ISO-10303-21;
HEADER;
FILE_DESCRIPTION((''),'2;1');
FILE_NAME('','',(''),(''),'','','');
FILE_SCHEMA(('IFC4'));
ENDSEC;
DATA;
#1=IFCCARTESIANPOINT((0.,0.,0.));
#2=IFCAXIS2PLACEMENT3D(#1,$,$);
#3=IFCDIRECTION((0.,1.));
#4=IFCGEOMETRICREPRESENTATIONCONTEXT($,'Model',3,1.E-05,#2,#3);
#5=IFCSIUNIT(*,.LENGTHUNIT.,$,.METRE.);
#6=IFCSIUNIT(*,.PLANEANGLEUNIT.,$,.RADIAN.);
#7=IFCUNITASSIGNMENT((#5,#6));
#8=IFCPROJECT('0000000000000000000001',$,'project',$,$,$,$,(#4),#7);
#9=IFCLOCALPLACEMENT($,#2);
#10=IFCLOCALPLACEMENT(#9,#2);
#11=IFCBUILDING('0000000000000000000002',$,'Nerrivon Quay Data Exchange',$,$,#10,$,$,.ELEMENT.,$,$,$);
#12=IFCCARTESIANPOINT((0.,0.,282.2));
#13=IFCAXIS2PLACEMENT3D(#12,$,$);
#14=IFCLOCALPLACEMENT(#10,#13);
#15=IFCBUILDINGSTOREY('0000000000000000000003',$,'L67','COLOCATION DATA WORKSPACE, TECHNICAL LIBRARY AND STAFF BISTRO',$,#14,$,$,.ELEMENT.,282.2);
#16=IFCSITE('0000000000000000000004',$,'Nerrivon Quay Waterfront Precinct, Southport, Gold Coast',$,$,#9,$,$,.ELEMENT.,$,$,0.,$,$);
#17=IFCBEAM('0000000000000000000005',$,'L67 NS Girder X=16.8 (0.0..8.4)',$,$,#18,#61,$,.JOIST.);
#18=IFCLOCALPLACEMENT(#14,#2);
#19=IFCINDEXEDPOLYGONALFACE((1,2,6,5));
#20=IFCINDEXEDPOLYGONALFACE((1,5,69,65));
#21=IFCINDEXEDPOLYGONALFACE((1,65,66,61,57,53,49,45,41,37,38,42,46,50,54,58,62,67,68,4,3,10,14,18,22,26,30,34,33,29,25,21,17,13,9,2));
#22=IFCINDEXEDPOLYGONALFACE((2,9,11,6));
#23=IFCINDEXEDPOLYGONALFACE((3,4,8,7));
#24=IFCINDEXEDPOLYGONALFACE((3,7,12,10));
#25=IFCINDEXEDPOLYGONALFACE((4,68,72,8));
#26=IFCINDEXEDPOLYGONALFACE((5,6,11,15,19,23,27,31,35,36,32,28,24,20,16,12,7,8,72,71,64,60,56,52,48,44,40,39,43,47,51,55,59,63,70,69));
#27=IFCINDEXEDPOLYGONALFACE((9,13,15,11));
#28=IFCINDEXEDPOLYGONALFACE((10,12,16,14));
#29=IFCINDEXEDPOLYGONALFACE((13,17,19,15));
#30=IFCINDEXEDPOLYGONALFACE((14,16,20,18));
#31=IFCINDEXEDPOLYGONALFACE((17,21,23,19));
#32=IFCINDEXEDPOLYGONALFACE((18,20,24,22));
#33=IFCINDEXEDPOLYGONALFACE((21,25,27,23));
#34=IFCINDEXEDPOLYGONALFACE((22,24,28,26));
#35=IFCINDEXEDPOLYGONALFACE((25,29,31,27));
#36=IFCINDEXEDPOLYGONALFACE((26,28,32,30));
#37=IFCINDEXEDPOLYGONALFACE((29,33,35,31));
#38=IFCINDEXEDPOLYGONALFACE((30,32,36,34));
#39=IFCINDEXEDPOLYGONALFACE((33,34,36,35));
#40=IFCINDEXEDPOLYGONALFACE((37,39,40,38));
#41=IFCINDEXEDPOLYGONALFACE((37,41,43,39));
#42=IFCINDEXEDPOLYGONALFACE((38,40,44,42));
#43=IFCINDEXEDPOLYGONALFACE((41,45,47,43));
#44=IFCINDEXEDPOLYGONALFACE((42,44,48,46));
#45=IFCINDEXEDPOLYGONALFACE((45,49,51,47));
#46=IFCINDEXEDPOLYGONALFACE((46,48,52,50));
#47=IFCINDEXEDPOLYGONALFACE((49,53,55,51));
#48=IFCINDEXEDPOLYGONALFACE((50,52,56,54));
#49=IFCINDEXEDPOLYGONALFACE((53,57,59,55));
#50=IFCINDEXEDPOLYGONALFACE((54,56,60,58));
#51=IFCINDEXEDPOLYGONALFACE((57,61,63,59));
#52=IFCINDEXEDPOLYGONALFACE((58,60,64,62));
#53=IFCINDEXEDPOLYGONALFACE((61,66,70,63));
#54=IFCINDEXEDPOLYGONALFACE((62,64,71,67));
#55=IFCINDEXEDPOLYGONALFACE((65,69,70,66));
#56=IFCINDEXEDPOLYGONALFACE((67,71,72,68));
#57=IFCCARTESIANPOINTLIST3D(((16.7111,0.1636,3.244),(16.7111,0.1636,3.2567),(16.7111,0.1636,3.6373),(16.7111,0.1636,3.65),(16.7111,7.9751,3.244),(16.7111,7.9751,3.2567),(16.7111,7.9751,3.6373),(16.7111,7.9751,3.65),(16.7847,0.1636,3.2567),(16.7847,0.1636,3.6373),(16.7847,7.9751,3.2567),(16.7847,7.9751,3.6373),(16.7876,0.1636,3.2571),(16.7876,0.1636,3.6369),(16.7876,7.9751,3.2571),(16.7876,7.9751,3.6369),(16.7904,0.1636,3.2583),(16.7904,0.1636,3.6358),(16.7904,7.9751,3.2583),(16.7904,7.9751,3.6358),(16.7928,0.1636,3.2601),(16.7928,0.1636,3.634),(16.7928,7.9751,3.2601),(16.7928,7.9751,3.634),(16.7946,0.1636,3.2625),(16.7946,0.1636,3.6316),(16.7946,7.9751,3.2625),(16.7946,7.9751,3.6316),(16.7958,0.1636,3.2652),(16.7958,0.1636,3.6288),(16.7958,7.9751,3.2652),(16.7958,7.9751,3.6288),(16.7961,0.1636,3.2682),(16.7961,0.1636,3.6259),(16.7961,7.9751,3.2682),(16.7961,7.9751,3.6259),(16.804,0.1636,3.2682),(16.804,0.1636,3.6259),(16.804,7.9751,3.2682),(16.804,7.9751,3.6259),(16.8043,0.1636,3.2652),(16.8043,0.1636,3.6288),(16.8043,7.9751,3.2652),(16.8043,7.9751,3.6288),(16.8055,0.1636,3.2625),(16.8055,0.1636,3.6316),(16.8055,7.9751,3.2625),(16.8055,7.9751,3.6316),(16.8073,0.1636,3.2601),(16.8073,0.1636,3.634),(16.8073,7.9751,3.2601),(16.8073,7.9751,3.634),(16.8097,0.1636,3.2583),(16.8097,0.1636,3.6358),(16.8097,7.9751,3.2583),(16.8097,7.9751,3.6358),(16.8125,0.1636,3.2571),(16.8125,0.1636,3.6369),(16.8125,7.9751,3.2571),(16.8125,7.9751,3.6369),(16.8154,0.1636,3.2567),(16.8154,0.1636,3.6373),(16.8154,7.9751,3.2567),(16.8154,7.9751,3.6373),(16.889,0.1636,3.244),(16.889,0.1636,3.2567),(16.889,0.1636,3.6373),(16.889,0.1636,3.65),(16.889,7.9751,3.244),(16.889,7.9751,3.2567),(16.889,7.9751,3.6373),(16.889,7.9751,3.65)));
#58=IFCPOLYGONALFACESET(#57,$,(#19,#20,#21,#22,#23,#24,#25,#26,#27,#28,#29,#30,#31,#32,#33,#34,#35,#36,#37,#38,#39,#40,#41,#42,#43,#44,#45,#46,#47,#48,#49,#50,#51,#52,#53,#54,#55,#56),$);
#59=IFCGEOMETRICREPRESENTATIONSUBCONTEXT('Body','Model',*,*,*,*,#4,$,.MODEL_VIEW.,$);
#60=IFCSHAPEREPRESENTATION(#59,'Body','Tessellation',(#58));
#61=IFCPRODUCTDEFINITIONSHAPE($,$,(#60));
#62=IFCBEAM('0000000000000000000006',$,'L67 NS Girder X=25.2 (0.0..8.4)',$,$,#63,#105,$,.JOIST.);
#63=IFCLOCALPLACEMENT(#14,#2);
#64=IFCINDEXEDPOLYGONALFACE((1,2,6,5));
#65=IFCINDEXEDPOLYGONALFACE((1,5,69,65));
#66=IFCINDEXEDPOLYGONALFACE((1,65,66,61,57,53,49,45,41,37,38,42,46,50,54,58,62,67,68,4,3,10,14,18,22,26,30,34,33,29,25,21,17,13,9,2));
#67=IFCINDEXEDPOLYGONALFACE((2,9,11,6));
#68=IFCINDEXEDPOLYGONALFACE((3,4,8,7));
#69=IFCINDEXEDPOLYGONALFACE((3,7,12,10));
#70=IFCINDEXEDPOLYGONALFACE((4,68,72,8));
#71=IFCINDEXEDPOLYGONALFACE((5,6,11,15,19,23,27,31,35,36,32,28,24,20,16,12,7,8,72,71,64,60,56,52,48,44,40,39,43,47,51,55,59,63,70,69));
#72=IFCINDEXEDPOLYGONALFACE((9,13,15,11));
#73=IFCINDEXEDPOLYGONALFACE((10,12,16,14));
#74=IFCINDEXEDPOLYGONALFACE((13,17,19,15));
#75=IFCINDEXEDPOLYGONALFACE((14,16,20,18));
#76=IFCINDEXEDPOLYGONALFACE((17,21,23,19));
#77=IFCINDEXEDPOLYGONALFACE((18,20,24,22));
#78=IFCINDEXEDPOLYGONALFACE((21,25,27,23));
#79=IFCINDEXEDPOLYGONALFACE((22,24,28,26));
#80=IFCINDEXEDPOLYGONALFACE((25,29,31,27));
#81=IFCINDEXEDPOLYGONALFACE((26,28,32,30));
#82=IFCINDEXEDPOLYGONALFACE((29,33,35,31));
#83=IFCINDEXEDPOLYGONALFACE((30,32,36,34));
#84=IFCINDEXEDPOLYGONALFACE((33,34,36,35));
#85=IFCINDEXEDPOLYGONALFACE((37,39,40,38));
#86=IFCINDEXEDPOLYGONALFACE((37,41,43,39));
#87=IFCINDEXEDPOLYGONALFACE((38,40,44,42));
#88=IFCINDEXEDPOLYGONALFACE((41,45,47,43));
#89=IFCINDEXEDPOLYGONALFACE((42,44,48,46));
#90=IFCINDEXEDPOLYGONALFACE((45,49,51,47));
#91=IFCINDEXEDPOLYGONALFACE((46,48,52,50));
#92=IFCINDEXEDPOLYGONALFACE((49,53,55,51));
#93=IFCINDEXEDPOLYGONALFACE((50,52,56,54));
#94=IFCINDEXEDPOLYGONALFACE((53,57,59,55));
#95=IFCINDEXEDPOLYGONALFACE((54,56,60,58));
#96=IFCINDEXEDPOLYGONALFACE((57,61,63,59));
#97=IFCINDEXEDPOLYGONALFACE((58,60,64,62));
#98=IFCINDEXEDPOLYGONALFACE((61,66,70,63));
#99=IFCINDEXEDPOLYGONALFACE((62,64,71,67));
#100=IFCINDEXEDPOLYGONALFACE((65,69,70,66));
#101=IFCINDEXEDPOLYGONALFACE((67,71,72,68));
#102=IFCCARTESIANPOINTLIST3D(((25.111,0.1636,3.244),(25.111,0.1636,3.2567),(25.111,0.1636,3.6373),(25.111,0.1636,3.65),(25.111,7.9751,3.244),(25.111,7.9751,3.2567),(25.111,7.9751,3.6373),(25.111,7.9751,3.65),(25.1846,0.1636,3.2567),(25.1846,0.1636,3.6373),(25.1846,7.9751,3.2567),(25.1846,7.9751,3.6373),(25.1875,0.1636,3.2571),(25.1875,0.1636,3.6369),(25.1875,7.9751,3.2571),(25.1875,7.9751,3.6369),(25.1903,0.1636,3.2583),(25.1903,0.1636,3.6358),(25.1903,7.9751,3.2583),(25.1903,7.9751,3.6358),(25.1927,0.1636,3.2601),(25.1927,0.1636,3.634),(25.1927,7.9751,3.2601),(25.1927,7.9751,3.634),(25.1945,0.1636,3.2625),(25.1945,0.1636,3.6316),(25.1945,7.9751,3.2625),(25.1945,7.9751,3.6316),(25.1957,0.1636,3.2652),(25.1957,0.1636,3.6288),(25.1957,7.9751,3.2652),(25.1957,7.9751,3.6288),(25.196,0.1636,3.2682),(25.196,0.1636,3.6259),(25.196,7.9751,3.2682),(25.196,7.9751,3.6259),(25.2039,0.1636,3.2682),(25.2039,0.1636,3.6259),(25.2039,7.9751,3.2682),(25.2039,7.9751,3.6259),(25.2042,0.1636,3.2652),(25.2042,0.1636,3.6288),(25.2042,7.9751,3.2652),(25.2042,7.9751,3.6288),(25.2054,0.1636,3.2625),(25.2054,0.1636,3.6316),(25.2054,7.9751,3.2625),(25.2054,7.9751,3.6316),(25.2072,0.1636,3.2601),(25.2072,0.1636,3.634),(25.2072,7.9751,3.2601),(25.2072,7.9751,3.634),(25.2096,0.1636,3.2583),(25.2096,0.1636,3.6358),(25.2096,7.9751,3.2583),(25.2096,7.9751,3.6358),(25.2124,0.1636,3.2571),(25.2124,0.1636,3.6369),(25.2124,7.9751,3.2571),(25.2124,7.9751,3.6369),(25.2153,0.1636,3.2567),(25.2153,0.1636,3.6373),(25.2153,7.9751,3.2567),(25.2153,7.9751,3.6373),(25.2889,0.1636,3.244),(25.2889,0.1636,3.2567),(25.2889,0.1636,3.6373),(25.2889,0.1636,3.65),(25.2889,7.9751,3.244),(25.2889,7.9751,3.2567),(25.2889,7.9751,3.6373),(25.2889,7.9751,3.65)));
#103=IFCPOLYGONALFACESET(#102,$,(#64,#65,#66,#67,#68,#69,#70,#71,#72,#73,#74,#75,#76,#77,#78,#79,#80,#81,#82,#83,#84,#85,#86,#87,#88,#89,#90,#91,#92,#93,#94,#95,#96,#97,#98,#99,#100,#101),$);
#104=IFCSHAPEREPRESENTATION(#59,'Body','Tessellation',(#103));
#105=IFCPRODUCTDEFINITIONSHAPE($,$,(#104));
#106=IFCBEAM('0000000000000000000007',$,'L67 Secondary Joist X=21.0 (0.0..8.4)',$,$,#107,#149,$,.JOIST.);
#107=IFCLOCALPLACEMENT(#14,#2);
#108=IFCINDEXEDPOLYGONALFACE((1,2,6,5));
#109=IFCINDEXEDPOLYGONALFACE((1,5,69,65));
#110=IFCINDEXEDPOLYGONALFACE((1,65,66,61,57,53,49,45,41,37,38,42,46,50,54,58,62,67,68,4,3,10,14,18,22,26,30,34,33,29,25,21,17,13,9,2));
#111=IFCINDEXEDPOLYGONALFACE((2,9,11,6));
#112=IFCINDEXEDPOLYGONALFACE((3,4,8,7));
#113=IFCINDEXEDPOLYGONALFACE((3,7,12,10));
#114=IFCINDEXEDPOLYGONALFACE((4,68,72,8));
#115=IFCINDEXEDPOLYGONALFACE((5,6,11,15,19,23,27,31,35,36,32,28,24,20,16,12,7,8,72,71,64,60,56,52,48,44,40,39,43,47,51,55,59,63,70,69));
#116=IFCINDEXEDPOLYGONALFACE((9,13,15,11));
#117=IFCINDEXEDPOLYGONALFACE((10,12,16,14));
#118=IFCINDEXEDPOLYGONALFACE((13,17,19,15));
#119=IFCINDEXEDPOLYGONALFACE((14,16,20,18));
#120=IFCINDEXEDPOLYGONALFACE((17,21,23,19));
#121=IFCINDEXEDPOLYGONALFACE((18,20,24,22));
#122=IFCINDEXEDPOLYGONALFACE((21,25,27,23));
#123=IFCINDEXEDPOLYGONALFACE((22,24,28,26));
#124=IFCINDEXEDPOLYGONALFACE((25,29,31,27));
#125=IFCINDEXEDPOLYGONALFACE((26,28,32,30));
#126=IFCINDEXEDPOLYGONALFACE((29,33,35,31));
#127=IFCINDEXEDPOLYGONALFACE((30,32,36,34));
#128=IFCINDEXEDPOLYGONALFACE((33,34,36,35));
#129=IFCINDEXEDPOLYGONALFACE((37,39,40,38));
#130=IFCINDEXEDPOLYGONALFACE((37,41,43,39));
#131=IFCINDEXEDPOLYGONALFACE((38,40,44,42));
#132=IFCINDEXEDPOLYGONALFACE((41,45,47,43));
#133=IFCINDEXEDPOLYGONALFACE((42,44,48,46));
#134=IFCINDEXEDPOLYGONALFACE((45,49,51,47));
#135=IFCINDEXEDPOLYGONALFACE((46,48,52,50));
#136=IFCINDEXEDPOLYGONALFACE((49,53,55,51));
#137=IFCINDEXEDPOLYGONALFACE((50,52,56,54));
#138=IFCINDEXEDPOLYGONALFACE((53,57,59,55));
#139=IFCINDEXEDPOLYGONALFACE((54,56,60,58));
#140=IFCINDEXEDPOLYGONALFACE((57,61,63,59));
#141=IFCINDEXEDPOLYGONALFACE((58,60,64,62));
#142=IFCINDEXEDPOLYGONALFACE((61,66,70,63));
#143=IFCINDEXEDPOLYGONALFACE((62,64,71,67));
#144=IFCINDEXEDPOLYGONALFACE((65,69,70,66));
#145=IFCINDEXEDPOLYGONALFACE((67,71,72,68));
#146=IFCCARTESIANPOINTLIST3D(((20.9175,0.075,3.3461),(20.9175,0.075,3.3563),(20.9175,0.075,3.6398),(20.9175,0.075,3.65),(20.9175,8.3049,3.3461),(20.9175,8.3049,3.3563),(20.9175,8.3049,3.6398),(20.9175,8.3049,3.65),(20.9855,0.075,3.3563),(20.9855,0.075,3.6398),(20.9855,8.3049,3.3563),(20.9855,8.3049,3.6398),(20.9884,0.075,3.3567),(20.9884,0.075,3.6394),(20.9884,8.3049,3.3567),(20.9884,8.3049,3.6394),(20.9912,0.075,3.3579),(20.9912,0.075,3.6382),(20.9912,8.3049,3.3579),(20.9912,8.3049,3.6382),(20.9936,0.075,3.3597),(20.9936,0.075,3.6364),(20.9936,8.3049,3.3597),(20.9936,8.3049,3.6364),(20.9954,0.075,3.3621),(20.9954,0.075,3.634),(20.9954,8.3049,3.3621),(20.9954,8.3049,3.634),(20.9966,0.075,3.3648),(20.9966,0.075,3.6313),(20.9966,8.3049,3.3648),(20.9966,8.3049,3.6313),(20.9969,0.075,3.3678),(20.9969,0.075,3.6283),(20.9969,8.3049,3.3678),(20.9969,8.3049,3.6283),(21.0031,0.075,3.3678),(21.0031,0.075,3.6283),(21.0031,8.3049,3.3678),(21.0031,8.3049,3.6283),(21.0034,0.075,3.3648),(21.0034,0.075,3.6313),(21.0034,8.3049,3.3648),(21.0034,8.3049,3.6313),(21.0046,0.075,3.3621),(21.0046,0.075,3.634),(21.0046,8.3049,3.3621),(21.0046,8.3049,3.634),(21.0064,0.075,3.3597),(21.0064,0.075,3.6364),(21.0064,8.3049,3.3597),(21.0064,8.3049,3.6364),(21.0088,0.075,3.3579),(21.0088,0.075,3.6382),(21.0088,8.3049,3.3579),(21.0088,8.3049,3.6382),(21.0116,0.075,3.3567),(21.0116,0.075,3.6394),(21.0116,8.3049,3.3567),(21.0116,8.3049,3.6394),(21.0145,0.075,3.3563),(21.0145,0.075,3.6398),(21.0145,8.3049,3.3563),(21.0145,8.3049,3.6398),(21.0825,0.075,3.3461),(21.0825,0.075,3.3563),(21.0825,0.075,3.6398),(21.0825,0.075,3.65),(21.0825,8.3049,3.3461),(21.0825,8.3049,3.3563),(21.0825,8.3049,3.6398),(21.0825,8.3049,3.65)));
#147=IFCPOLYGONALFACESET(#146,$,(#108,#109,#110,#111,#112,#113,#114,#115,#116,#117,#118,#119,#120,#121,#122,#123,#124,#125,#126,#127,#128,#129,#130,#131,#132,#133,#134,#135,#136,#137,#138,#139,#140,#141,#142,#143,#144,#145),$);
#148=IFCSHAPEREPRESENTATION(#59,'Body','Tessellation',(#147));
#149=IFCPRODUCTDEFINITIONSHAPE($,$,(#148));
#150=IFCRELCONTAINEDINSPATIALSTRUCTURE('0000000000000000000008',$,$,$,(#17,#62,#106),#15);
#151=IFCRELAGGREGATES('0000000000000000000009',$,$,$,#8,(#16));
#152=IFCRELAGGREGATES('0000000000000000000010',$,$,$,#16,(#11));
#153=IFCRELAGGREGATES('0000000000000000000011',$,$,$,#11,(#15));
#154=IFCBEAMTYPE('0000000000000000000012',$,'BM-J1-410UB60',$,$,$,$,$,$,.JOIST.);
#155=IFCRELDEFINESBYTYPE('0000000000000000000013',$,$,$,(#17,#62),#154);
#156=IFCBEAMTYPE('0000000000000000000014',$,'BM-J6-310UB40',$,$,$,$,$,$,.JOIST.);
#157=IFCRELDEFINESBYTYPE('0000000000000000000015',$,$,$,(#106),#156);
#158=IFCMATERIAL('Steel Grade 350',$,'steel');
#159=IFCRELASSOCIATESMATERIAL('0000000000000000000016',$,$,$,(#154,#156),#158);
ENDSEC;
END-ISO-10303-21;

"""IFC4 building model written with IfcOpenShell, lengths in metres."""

from ifc_helpers import new_model, si_unit, direction, frame, origin, origin_2d, place, context, subcontext, project, spatial, i_section, extrude, material, material_profile, profile_set, type_object, element, save


model = new_model("IFC4")

# Units and contexts
model_context = context("Model", 3, precision=1e-05, world=origin(), true_north=direction((0.0, 1.0)))
body_context = subcontext(model_context, "Body", "Model", "MODEL_VIEW")
ifc_project = project(units=[si_unit("LENGTHUNIT", "METRE"), si_unit("PLANEANGLEUNIT", "RADIAN")], contexts=[model_context])

# Site, building, storey
site_placement = place(None, origin())
site = spatial("IfcSite", under=ifc_project, at=site_placement, Name="Nerrivon Quay Waterfront Precinct, Southport, Gold Coast", CompositionType="ELEMENT", RefElevation=0.0)
building_placement = place(site_placement, origin())
building = spatial("IfcBuilding", under=site, at=building_placement, Name="Nerrivon Quay Data Exchange", CompositionType="ELEMENT")
storey_placement = place(building_placement, frame((0.0, 0.0, 282.2)))
storey = spatial("IfcBuildingStorey", under=building, at=storey_placement, Name="L67", Description="COLOCATION DATA WORKSPACE, TECHNICAL LIBRARY AND STAFF BISTRO", CompositionType="ELEMENT", Elevation=282.2)

# Shared definitions
ifc_material_1 = material(Name="Steel Grade 350", Category="steel")

# Beams
ifc_material_profile_1 = material_profile(ifc_material_1, i_section(OverallWidth=0.178, OverallDepth=0.406, WebThickness=0.0078, FlangeThickness=0.0127, FilletRadius=0.0115, at=origin_2d()), Name="410UB59.7")
ifc_profile_set_1 = profile_set([ifc_material_profile_1], Name="Steel Grade 350")
beam_type_1 = type_object("IfcBeamType", Name="BM-J1-410UB60", PredefinedType="JOIST", material=ifc_profile_set_1)
for number, where, z_axis, x_axis, name in (
    (1, (16.8, 0.1636, 3.447), (0.0, 1.0, 0.0), (-1.0, 0.0, 0.0), "L67 NS Girder X=16.8 (0.0..8.4)"),
    (2, (25.2, 0.1636, 3.447), (0.0, 1.0, 0.0), (-1.0, 0.0, 0.0), "L67 NS Girder X=25.2 (0.0..8.4)"),
):
    element("IfcBeam", number, at=place(storey_placement, frame(where, z_axis=z_axis, x_axis=x_axis)), inside=storey, type_object=beam_type_1, Name=name, PredefinedType="JOIST", context=body_context, shape_type="SweptSolid", body=[
        extrude(i_section(OverallWidth=0.178, OverallDepth=0.406, WebThickness=0.0078, FlangeThickness=0.0127, FilletRadius=0.0115, at=origin_2d()), origin(), (0.0, 0.0, 1.0), 7.8115),
    ])
ifc_material_profile_2 = material_profile(ifc_material_1, i_section(OverallWidth=0.165, OverallDepth=0.304, WebThickness=0.0061, FlangeThickness=0.0103, FilletRadius=0.0115, at=origin_2d()), Name="310UB40.4")
ifc_profile_set_2 = profile_set([ifc_material_profile_2], Name="Steel Grade 350")
beam_type_2 = type_object("IfcBeamType", Name="BM-J6-310UB40", PredefinedType="JOIST", material=ifc_profile_set_2)
beam_1_placement = place(storey_placement, frame((21.0, 0.075, 3.498), z_axis=(0.0, 1.0, 0.0), x_axis=(-1.0, 0.0, 0.0)))
element("IfcBeam", 3, at=beam_1_placement, inside=storey, type_object=beam_type_2, Name="L67 Secondary Joist X=21.0 (0.0..8.4)", PredefinedType="JOIST", context=body_context, shape_type="SweptSolid", body=[
    extrude(i_section(OverallWidth=0.165, OverallDepth=0.304, WebThickness=0.0061, FlangeThickness=0.0103, FilletRadius=0.0115, at=origin_2d()), origin(), (0.0, 0.0, 1.0), 8.23),
])

save(model, "model.ifc")
